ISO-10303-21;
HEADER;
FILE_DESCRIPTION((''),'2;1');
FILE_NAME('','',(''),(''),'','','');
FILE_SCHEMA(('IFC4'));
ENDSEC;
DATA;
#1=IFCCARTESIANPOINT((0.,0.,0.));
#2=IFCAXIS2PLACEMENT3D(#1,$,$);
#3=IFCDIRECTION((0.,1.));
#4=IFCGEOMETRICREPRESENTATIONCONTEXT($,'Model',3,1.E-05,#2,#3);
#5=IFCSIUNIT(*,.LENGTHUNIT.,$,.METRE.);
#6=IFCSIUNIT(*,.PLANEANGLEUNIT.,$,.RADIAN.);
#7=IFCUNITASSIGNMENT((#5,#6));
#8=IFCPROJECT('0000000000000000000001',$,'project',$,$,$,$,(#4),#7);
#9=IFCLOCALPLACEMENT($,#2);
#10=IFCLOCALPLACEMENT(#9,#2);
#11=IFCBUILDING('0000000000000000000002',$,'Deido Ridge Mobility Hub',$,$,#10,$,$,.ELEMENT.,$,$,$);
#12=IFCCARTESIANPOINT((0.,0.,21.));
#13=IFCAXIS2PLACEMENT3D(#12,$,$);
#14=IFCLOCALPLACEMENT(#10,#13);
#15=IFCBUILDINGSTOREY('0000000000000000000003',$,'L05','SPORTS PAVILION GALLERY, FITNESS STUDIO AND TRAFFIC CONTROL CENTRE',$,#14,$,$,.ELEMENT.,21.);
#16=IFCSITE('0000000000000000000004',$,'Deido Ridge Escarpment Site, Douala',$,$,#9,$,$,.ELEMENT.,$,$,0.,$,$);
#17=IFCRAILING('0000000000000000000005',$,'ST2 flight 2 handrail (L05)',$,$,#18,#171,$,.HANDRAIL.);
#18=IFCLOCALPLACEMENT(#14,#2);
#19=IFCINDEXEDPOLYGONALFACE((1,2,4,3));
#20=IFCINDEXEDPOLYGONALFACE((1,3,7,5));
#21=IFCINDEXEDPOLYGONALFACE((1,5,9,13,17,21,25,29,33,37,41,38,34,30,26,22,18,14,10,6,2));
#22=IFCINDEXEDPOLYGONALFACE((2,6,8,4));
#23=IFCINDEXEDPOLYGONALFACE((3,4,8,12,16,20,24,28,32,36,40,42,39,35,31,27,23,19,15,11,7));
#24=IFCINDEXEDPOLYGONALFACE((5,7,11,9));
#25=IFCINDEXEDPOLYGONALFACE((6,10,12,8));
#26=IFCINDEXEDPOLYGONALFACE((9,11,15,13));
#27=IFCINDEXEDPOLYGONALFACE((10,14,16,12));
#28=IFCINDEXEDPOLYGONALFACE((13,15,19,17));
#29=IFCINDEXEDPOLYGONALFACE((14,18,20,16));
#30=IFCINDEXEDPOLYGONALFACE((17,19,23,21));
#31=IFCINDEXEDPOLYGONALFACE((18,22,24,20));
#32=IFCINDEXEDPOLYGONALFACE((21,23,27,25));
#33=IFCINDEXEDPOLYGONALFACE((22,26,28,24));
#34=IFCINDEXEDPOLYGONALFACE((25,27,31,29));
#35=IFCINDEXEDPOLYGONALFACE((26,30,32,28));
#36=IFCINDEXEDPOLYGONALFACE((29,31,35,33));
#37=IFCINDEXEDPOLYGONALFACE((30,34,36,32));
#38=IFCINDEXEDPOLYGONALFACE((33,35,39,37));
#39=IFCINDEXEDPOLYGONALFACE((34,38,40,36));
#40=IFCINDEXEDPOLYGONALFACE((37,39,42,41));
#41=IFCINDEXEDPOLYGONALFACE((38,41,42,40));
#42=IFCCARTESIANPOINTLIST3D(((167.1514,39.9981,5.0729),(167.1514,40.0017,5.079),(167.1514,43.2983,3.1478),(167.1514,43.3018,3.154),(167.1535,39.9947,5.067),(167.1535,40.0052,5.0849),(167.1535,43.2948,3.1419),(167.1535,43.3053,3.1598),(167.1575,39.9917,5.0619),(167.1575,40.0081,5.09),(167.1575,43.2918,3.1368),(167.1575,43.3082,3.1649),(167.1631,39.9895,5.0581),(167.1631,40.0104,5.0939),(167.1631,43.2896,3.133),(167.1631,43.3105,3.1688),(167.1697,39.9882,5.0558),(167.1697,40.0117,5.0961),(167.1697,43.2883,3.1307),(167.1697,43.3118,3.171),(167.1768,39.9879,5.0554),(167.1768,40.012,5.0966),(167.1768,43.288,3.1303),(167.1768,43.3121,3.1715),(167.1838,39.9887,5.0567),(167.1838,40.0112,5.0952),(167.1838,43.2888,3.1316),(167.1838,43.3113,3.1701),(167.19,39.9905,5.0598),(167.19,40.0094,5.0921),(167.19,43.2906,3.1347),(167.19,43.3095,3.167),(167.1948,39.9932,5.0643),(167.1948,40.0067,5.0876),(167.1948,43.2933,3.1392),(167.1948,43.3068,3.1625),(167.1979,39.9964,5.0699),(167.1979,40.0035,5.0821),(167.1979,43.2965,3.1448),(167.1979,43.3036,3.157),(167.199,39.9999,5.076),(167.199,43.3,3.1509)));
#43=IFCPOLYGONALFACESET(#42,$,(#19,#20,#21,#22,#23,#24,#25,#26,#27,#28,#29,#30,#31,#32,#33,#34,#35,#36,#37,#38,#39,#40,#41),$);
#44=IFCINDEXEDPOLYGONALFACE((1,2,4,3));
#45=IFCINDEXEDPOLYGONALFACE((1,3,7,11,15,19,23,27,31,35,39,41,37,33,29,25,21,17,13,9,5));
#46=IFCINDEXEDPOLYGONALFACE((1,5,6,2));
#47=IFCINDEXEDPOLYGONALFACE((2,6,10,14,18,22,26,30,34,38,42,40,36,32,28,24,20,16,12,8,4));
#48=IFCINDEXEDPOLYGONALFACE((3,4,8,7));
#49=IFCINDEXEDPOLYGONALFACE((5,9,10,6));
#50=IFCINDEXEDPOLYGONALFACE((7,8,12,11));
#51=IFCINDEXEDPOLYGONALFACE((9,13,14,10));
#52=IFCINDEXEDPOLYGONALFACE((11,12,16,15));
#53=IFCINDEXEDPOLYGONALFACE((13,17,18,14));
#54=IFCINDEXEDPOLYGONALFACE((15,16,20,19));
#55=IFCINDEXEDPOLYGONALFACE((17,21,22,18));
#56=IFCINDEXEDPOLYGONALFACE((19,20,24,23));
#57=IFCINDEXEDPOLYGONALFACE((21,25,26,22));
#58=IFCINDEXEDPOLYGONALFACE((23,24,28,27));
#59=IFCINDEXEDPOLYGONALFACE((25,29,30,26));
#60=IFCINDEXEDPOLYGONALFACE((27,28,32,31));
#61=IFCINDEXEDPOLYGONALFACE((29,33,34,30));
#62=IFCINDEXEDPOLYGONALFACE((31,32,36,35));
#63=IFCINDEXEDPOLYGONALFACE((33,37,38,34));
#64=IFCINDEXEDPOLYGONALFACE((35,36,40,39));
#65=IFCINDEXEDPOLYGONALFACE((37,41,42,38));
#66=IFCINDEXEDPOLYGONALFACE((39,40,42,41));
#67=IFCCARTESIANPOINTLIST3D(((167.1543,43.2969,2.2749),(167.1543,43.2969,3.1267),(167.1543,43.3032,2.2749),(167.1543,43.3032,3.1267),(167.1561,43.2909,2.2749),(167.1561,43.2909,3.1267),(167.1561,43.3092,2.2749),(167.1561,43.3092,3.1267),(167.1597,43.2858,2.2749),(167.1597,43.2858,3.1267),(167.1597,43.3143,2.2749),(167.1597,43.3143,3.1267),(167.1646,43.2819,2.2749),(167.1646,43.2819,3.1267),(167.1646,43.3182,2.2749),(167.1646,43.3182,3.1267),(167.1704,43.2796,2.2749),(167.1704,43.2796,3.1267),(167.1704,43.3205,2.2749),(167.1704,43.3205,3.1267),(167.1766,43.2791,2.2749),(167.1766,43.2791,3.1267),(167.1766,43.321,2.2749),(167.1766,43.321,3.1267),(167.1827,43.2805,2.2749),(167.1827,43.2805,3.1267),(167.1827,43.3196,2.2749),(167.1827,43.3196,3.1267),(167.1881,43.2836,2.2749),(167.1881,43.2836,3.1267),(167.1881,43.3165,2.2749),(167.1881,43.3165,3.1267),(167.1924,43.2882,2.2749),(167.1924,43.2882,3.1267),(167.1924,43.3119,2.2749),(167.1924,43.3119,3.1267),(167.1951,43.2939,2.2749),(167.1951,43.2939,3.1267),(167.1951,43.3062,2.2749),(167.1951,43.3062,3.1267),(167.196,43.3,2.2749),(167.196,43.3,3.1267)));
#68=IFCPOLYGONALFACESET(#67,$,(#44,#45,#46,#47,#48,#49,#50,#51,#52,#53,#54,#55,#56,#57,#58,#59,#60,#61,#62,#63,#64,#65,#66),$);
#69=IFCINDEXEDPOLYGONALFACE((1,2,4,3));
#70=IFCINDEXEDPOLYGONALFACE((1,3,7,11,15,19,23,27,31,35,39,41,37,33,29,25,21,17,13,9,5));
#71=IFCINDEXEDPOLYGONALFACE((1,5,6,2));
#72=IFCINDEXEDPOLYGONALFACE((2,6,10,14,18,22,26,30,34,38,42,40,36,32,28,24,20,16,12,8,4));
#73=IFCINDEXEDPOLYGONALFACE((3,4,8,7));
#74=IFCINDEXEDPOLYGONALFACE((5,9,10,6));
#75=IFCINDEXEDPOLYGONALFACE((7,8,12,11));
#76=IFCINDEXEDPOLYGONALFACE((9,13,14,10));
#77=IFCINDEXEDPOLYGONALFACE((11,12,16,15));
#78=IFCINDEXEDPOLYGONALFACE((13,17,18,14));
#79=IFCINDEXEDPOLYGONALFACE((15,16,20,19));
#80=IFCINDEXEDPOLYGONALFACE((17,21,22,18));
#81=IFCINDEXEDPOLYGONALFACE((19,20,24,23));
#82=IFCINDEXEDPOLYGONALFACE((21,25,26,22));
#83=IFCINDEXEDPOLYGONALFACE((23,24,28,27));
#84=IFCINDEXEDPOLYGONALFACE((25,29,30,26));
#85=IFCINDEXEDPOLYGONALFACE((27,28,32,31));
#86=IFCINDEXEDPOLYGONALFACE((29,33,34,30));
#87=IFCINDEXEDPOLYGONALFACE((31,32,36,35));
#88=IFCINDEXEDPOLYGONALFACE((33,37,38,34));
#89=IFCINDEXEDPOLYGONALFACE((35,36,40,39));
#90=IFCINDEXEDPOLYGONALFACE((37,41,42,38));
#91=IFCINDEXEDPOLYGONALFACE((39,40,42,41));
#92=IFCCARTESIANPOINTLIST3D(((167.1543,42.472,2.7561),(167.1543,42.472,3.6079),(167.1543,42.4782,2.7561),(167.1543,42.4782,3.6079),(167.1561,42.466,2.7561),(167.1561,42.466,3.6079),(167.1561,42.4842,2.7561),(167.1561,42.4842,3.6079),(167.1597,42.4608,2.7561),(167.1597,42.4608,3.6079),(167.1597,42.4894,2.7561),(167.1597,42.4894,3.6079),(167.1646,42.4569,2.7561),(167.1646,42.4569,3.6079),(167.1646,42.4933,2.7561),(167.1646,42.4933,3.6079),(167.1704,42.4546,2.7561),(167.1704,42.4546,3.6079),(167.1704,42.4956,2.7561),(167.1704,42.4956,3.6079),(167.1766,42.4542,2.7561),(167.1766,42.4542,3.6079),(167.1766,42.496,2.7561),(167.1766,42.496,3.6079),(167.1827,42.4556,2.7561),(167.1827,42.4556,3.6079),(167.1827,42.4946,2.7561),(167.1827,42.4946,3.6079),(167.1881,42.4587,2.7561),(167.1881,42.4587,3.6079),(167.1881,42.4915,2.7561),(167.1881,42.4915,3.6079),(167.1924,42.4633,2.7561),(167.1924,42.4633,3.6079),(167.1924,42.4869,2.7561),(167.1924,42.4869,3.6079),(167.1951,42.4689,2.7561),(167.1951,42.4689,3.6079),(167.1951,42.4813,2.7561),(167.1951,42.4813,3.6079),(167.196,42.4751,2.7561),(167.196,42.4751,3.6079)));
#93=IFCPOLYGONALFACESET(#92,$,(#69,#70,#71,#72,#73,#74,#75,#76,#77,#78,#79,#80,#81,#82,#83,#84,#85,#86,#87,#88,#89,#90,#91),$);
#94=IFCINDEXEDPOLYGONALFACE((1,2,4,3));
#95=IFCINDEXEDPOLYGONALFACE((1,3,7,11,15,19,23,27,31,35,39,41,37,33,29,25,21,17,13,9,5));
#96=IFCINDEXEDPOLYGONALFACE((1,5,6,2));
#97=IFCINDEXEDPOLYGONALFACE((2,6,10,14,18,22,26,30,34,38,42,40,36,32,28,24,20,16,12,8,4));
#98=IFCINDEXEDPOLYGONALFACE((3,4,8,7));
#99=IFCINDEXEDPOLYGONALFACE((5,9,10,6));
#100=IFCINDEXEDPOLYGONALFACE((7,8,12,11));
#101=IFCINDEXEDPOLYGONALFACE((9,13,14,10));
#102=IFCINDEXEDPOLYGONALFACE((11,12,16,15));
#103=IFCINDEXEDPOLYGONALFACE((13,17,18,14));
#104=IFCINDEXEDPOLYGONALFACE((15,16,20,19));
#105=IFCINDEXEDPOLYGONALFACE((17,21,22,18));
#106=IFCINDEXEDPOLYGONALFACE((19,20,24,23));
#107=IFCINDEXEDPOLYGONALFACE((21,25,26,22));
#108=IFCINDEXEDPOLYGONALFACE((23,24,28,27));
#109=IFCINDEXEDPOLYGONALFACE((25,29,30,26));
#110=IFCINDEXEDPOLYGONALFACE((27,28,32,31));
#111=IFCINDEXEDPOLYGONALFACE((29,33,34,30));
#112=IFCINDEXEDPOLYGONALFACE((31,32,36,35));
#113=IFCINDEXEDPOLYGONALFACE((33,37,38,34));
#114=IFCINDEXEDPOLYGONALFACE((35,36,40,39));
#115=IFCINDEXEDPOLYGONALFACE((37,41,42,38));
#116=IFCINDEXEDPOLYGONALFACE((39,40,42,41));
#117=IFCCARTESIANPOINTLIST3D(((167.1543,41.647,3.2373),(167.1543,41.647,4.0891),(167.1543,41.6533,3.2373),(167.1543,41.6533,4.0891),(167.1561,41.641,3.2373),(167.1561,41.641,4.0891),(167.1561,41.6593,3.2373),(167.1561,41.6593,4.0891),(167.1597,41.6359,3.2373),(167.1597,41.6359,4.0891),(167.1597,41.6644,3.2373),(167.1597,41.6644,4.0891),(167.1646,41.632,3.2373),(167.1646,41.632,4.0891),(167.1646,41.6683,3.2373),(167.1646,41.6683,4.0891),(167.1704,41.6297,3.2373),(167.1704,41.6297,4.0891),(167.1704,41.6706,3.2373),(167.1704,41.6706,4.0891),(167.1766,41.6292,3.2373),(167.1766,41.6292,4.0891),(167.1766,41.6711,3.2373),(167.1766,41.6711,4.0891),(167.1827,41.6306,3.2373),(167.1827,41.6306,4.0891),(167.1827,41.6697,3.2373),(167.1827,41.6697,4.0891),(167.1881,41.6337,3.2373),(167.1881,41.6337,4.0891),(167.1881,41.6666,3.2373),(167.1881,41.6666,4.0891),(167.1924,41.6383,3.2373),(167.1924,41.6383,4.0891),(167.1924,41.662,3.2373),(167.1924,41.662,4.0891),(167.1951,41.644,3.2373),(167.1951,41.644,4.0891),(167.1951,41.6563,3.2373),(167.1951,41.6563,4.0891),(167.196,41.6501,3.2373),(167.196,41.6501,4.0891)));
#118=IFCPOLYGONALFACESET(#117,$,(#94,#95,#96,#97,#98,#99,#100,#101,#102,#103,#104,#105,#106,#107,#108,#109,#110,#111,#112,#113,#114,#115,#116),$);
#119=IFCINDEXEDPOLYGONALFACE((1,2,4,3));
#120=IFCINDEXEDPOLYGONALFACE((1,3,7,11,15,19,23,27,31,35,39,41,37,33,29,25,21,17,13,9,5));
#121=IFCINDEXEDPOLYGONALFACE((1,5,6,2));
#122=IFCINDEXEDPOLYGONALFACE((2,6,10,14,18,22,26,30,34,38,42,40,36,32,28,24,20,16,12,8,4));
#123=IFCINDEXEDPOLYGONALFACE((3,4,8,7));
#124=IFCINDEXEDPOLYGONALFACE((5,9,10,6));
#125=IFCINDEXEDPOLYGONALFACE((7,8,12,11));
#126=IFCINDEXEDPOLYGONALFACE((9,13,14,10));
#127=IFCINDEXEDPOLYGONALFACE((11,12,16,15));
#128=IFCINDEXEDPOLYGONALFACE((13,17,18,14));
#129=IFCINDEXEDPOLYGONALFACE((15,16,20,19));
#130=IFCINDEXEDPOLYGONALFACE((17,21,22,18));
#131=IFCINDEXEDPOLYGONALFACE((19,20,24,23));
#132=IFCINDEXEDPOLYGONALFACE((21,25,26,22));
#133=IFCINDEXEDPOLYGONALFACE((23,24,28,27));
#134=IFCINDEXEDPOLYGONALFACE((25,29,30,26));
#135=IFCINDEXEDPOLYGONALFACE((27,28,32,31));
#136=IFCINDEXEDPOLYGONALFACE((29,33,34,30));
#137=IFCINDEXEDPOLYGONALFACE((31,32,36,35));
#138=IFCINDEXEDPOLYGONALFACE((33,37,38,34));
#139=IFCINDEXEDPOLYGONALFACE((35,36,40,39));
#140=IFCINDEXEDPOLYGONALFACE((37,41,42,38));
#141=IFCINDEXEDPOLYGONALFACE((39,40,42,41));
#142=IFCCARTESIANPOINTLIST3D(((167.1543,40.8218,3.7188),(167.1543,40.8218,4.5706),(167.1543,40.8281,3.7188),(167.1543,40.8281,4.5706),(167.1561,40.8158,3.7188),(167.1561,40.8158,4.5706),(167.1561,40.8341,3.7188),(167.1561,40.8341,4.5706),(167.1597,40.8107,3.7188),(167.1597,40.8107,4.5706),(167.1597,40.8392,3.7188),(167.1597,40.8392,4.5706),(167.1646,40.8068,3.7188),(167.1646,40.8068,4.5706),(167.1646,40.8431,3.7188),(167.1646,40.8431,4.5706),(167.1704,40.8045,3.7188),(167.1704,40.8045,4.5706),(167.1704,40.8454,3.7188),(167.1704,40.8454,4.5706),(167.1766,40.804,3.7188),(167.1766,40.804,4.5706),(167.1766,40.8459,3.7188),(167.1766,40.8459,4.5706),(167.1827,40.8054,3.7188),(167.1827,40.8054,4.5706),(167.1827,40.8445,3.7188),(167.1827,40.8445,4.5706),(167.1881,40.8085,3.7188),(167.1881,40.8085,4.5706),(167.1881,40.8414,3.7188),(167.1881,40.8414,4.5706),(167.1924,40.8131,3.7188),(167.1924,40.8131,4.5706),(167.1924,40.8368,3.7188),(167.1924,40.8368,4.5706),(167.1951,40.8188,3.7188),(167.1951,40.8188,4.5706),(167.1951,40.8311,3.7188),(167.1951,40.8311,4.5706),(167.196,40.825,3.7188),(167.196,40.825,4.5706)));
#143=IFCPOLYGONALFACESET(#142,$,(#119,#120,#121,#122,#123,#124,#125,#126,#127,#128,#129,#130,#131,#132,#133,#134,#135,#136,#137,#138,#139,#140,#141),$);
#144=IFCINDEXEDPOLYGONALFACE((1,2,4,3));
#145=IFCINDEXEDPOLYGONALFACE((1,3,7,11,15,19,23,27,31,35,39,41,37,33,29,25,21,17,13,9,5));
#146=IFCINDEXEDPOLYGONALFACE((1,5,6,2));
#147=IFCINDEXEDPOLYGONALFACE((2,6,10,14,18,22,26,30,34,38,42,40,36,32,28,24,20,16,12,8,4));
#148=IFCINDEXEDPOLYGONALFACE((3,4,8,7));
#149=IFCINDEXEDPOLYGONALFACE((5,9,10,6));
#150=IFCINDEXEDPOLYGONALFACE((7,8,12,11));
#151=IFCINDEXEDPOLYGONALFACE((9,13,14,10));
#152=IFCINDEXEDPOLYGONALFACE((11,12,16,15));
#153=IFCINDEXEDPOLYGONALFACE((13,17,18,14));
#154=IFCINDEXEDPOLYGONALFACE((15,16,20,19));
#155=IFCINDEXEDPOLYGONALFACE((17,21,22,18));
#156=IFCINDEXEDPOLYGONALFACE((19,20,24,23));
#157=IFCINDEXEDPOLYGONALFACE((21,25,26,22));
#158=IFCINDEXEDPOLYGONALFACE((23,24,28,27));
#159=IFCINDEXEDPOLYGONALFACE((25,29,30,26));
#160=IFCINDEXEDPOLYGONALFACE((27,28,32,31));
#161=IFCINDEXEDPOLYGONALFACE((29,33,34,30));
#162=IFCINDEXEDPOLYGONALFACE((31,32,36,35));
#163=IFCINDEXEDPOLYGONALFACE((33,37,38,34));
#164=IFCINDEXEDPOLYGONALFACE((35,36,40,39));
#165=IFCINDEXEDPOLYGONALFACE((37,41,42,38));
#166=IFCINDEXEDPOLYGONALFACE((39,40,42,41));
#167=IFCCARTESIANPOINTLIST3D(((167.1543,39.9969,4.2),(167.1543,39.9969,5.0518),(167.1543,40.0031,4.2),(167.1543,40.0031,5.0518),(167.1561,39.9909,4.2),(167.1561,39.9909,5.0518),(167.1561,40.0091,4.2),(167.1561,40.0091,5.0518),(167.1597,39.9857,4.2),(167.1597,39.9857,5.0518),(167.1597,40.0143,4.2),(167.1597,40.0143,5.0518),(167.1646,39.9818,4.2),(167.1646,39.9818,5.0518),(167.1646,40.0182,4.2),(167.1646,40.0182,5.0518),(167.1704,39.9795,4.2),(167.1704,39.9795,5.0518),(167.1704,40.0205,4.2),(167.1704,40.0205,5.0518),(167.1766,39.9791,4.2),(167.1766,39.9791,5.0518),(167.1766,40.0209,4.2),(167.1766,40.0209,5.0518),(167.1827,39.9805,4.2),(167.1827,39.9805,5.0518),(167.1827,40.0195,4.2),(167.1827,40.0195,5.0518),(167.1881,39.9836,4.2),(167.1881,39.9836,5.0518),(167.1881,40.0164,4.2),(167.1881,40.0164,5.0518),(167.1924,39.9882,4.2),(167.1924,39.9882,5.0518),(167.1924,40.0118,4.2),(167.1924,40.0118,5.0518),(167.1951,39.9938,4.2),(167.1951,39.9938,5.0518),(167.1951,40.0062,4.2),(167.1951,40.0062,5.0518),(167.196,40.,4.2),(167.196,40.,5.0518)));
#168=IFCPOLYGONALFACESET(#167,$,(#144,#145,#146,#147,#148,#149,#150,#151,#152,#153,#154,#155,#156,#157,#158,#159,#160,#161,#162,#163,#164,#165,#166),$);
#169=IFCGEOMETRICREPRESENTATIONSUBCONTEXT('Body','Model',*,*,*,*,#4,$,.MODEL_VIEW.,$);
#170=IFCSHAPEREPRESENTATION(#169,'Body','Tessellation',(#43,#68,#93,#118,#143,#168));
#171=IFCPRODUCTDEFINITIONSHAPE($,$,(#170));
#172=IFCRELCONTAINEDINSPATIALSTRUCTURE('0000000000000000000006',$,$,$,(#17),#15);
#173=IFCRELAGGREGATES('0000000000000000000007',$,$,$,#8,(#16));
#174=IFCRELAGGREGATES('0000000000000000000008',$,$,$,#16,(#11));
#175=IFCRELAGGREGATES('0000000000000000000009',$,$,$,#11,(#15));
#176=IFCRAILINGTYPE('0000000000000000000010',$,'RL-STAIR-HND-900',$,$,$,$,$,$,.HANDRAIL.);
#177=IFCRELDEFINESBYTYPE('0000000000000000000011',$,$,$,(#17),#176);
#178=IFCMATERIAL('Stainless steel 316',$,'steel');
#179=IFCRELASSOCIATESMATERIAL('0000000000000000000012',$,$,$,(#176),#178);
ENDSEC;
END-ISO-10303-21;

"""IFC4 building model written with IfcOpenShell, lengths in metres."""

from ifc_helpers import new_model, si_unit, direction, frame, origin, origin_2d, place, context, subcontext, project, spatial, circle, extrude, material, type_object, element, save


model = new_model("IFC4")

# Units and contexts
model_context = context("Model", 3, precision=1e-05, world=origin(), true_north=direction((0.0, 1.0)))
body_context = subcontext(model_context, "Body", "Model", "MODEL_VIEW")
ifc_project = project(units=[si_unit("LENGTHUNIT", "METRE"), si_unit("PLANEANGLEUNIT", "RADIAN")], contexts=[model_context])

# Site, building, storey
site_placement = place(None, origin())
site = spatial("IfcSite", under=ifc_project, at=site_placement, Name="Deido Ridge Escarpment Site, Douala", CompositionType="ELEMENT", RefElevation=0.0)
building_placement = place(site_placement, origin())
building = spatial("IfcBuilding", under=site, at=building_placement, Name="Deido Ridge Mobility Hub", CompositionType="ELEMENT")
storey_placement = place(building_placement, frame((0.0, 0.0, 21.0)))
storey = spatial("IfcBuildingStorey", under=building, at=storey_placement, Name="L05", Description="SPORTS PAVILION GALLERY, FITNESS STUDIO AND TRAFFIC CONTROL CENTRE", CompositionType="ELEMENT", Elevation=21.0)

# Shared definitions
ifc_material_1 = material(Name="Stainless steel 316", Category="steel")

# Railing
railing_type_1 = type_object("IfcRailingType", Name="RL-STAIR-HND-900", PredefinedType="HANDRAIL", material=ifc_material_1)
railing_1_placement = place(storey_placement, frame((167.175, 43.3, 2.2749)))
element("IfcRailing", 1, at=railing_1_placement, inside=storey, type_object=railing_type_1, Name="ST2 flight 2 handrail (L05)", PredefinedType="HANDRAIL", context=body_context, shape_type="SweptSolid", body=[
    extrude(circle(Radius=0.0239, at=origin_2d()), frame((0.0, 0.0, 0.876), z_axis=(0.0, -0.863777, 0.503875), x_axis=(1.0, 0.0, 0.0)), (0.0, 0.0, 1.0), 3.8206),
    extrude(circle(Radius=0.021, at=origin_2d()), origin(), (0.0, 0.0, 1.0), 0.8518),
    extrude(circle(Radius=0.021, at=origin_2d()), frame((0.0, -0.825, 0.4812)), (0.0, 0.0, 1.0), 0.8518),
    extrude(circle(Radius=0.021, at=origin_2d()), frame((0.0, -1.6499, 0.9624)), (0.0, 0.0, 1.0), 0.8518),
    extrude(circle(Radius=0.021, at=origin_2d()), frame((0.0, -2.4751, 1.4438)), (0.0, 0.0, 1.0), 0.8518),
    extrude(circle(Radius=0.021, at=origin_2d()), frame((0.0, -3.3, 1.925)), (0.0, 0.0, 1.0), 0.8518),
])

save(model, "model.ifc")
